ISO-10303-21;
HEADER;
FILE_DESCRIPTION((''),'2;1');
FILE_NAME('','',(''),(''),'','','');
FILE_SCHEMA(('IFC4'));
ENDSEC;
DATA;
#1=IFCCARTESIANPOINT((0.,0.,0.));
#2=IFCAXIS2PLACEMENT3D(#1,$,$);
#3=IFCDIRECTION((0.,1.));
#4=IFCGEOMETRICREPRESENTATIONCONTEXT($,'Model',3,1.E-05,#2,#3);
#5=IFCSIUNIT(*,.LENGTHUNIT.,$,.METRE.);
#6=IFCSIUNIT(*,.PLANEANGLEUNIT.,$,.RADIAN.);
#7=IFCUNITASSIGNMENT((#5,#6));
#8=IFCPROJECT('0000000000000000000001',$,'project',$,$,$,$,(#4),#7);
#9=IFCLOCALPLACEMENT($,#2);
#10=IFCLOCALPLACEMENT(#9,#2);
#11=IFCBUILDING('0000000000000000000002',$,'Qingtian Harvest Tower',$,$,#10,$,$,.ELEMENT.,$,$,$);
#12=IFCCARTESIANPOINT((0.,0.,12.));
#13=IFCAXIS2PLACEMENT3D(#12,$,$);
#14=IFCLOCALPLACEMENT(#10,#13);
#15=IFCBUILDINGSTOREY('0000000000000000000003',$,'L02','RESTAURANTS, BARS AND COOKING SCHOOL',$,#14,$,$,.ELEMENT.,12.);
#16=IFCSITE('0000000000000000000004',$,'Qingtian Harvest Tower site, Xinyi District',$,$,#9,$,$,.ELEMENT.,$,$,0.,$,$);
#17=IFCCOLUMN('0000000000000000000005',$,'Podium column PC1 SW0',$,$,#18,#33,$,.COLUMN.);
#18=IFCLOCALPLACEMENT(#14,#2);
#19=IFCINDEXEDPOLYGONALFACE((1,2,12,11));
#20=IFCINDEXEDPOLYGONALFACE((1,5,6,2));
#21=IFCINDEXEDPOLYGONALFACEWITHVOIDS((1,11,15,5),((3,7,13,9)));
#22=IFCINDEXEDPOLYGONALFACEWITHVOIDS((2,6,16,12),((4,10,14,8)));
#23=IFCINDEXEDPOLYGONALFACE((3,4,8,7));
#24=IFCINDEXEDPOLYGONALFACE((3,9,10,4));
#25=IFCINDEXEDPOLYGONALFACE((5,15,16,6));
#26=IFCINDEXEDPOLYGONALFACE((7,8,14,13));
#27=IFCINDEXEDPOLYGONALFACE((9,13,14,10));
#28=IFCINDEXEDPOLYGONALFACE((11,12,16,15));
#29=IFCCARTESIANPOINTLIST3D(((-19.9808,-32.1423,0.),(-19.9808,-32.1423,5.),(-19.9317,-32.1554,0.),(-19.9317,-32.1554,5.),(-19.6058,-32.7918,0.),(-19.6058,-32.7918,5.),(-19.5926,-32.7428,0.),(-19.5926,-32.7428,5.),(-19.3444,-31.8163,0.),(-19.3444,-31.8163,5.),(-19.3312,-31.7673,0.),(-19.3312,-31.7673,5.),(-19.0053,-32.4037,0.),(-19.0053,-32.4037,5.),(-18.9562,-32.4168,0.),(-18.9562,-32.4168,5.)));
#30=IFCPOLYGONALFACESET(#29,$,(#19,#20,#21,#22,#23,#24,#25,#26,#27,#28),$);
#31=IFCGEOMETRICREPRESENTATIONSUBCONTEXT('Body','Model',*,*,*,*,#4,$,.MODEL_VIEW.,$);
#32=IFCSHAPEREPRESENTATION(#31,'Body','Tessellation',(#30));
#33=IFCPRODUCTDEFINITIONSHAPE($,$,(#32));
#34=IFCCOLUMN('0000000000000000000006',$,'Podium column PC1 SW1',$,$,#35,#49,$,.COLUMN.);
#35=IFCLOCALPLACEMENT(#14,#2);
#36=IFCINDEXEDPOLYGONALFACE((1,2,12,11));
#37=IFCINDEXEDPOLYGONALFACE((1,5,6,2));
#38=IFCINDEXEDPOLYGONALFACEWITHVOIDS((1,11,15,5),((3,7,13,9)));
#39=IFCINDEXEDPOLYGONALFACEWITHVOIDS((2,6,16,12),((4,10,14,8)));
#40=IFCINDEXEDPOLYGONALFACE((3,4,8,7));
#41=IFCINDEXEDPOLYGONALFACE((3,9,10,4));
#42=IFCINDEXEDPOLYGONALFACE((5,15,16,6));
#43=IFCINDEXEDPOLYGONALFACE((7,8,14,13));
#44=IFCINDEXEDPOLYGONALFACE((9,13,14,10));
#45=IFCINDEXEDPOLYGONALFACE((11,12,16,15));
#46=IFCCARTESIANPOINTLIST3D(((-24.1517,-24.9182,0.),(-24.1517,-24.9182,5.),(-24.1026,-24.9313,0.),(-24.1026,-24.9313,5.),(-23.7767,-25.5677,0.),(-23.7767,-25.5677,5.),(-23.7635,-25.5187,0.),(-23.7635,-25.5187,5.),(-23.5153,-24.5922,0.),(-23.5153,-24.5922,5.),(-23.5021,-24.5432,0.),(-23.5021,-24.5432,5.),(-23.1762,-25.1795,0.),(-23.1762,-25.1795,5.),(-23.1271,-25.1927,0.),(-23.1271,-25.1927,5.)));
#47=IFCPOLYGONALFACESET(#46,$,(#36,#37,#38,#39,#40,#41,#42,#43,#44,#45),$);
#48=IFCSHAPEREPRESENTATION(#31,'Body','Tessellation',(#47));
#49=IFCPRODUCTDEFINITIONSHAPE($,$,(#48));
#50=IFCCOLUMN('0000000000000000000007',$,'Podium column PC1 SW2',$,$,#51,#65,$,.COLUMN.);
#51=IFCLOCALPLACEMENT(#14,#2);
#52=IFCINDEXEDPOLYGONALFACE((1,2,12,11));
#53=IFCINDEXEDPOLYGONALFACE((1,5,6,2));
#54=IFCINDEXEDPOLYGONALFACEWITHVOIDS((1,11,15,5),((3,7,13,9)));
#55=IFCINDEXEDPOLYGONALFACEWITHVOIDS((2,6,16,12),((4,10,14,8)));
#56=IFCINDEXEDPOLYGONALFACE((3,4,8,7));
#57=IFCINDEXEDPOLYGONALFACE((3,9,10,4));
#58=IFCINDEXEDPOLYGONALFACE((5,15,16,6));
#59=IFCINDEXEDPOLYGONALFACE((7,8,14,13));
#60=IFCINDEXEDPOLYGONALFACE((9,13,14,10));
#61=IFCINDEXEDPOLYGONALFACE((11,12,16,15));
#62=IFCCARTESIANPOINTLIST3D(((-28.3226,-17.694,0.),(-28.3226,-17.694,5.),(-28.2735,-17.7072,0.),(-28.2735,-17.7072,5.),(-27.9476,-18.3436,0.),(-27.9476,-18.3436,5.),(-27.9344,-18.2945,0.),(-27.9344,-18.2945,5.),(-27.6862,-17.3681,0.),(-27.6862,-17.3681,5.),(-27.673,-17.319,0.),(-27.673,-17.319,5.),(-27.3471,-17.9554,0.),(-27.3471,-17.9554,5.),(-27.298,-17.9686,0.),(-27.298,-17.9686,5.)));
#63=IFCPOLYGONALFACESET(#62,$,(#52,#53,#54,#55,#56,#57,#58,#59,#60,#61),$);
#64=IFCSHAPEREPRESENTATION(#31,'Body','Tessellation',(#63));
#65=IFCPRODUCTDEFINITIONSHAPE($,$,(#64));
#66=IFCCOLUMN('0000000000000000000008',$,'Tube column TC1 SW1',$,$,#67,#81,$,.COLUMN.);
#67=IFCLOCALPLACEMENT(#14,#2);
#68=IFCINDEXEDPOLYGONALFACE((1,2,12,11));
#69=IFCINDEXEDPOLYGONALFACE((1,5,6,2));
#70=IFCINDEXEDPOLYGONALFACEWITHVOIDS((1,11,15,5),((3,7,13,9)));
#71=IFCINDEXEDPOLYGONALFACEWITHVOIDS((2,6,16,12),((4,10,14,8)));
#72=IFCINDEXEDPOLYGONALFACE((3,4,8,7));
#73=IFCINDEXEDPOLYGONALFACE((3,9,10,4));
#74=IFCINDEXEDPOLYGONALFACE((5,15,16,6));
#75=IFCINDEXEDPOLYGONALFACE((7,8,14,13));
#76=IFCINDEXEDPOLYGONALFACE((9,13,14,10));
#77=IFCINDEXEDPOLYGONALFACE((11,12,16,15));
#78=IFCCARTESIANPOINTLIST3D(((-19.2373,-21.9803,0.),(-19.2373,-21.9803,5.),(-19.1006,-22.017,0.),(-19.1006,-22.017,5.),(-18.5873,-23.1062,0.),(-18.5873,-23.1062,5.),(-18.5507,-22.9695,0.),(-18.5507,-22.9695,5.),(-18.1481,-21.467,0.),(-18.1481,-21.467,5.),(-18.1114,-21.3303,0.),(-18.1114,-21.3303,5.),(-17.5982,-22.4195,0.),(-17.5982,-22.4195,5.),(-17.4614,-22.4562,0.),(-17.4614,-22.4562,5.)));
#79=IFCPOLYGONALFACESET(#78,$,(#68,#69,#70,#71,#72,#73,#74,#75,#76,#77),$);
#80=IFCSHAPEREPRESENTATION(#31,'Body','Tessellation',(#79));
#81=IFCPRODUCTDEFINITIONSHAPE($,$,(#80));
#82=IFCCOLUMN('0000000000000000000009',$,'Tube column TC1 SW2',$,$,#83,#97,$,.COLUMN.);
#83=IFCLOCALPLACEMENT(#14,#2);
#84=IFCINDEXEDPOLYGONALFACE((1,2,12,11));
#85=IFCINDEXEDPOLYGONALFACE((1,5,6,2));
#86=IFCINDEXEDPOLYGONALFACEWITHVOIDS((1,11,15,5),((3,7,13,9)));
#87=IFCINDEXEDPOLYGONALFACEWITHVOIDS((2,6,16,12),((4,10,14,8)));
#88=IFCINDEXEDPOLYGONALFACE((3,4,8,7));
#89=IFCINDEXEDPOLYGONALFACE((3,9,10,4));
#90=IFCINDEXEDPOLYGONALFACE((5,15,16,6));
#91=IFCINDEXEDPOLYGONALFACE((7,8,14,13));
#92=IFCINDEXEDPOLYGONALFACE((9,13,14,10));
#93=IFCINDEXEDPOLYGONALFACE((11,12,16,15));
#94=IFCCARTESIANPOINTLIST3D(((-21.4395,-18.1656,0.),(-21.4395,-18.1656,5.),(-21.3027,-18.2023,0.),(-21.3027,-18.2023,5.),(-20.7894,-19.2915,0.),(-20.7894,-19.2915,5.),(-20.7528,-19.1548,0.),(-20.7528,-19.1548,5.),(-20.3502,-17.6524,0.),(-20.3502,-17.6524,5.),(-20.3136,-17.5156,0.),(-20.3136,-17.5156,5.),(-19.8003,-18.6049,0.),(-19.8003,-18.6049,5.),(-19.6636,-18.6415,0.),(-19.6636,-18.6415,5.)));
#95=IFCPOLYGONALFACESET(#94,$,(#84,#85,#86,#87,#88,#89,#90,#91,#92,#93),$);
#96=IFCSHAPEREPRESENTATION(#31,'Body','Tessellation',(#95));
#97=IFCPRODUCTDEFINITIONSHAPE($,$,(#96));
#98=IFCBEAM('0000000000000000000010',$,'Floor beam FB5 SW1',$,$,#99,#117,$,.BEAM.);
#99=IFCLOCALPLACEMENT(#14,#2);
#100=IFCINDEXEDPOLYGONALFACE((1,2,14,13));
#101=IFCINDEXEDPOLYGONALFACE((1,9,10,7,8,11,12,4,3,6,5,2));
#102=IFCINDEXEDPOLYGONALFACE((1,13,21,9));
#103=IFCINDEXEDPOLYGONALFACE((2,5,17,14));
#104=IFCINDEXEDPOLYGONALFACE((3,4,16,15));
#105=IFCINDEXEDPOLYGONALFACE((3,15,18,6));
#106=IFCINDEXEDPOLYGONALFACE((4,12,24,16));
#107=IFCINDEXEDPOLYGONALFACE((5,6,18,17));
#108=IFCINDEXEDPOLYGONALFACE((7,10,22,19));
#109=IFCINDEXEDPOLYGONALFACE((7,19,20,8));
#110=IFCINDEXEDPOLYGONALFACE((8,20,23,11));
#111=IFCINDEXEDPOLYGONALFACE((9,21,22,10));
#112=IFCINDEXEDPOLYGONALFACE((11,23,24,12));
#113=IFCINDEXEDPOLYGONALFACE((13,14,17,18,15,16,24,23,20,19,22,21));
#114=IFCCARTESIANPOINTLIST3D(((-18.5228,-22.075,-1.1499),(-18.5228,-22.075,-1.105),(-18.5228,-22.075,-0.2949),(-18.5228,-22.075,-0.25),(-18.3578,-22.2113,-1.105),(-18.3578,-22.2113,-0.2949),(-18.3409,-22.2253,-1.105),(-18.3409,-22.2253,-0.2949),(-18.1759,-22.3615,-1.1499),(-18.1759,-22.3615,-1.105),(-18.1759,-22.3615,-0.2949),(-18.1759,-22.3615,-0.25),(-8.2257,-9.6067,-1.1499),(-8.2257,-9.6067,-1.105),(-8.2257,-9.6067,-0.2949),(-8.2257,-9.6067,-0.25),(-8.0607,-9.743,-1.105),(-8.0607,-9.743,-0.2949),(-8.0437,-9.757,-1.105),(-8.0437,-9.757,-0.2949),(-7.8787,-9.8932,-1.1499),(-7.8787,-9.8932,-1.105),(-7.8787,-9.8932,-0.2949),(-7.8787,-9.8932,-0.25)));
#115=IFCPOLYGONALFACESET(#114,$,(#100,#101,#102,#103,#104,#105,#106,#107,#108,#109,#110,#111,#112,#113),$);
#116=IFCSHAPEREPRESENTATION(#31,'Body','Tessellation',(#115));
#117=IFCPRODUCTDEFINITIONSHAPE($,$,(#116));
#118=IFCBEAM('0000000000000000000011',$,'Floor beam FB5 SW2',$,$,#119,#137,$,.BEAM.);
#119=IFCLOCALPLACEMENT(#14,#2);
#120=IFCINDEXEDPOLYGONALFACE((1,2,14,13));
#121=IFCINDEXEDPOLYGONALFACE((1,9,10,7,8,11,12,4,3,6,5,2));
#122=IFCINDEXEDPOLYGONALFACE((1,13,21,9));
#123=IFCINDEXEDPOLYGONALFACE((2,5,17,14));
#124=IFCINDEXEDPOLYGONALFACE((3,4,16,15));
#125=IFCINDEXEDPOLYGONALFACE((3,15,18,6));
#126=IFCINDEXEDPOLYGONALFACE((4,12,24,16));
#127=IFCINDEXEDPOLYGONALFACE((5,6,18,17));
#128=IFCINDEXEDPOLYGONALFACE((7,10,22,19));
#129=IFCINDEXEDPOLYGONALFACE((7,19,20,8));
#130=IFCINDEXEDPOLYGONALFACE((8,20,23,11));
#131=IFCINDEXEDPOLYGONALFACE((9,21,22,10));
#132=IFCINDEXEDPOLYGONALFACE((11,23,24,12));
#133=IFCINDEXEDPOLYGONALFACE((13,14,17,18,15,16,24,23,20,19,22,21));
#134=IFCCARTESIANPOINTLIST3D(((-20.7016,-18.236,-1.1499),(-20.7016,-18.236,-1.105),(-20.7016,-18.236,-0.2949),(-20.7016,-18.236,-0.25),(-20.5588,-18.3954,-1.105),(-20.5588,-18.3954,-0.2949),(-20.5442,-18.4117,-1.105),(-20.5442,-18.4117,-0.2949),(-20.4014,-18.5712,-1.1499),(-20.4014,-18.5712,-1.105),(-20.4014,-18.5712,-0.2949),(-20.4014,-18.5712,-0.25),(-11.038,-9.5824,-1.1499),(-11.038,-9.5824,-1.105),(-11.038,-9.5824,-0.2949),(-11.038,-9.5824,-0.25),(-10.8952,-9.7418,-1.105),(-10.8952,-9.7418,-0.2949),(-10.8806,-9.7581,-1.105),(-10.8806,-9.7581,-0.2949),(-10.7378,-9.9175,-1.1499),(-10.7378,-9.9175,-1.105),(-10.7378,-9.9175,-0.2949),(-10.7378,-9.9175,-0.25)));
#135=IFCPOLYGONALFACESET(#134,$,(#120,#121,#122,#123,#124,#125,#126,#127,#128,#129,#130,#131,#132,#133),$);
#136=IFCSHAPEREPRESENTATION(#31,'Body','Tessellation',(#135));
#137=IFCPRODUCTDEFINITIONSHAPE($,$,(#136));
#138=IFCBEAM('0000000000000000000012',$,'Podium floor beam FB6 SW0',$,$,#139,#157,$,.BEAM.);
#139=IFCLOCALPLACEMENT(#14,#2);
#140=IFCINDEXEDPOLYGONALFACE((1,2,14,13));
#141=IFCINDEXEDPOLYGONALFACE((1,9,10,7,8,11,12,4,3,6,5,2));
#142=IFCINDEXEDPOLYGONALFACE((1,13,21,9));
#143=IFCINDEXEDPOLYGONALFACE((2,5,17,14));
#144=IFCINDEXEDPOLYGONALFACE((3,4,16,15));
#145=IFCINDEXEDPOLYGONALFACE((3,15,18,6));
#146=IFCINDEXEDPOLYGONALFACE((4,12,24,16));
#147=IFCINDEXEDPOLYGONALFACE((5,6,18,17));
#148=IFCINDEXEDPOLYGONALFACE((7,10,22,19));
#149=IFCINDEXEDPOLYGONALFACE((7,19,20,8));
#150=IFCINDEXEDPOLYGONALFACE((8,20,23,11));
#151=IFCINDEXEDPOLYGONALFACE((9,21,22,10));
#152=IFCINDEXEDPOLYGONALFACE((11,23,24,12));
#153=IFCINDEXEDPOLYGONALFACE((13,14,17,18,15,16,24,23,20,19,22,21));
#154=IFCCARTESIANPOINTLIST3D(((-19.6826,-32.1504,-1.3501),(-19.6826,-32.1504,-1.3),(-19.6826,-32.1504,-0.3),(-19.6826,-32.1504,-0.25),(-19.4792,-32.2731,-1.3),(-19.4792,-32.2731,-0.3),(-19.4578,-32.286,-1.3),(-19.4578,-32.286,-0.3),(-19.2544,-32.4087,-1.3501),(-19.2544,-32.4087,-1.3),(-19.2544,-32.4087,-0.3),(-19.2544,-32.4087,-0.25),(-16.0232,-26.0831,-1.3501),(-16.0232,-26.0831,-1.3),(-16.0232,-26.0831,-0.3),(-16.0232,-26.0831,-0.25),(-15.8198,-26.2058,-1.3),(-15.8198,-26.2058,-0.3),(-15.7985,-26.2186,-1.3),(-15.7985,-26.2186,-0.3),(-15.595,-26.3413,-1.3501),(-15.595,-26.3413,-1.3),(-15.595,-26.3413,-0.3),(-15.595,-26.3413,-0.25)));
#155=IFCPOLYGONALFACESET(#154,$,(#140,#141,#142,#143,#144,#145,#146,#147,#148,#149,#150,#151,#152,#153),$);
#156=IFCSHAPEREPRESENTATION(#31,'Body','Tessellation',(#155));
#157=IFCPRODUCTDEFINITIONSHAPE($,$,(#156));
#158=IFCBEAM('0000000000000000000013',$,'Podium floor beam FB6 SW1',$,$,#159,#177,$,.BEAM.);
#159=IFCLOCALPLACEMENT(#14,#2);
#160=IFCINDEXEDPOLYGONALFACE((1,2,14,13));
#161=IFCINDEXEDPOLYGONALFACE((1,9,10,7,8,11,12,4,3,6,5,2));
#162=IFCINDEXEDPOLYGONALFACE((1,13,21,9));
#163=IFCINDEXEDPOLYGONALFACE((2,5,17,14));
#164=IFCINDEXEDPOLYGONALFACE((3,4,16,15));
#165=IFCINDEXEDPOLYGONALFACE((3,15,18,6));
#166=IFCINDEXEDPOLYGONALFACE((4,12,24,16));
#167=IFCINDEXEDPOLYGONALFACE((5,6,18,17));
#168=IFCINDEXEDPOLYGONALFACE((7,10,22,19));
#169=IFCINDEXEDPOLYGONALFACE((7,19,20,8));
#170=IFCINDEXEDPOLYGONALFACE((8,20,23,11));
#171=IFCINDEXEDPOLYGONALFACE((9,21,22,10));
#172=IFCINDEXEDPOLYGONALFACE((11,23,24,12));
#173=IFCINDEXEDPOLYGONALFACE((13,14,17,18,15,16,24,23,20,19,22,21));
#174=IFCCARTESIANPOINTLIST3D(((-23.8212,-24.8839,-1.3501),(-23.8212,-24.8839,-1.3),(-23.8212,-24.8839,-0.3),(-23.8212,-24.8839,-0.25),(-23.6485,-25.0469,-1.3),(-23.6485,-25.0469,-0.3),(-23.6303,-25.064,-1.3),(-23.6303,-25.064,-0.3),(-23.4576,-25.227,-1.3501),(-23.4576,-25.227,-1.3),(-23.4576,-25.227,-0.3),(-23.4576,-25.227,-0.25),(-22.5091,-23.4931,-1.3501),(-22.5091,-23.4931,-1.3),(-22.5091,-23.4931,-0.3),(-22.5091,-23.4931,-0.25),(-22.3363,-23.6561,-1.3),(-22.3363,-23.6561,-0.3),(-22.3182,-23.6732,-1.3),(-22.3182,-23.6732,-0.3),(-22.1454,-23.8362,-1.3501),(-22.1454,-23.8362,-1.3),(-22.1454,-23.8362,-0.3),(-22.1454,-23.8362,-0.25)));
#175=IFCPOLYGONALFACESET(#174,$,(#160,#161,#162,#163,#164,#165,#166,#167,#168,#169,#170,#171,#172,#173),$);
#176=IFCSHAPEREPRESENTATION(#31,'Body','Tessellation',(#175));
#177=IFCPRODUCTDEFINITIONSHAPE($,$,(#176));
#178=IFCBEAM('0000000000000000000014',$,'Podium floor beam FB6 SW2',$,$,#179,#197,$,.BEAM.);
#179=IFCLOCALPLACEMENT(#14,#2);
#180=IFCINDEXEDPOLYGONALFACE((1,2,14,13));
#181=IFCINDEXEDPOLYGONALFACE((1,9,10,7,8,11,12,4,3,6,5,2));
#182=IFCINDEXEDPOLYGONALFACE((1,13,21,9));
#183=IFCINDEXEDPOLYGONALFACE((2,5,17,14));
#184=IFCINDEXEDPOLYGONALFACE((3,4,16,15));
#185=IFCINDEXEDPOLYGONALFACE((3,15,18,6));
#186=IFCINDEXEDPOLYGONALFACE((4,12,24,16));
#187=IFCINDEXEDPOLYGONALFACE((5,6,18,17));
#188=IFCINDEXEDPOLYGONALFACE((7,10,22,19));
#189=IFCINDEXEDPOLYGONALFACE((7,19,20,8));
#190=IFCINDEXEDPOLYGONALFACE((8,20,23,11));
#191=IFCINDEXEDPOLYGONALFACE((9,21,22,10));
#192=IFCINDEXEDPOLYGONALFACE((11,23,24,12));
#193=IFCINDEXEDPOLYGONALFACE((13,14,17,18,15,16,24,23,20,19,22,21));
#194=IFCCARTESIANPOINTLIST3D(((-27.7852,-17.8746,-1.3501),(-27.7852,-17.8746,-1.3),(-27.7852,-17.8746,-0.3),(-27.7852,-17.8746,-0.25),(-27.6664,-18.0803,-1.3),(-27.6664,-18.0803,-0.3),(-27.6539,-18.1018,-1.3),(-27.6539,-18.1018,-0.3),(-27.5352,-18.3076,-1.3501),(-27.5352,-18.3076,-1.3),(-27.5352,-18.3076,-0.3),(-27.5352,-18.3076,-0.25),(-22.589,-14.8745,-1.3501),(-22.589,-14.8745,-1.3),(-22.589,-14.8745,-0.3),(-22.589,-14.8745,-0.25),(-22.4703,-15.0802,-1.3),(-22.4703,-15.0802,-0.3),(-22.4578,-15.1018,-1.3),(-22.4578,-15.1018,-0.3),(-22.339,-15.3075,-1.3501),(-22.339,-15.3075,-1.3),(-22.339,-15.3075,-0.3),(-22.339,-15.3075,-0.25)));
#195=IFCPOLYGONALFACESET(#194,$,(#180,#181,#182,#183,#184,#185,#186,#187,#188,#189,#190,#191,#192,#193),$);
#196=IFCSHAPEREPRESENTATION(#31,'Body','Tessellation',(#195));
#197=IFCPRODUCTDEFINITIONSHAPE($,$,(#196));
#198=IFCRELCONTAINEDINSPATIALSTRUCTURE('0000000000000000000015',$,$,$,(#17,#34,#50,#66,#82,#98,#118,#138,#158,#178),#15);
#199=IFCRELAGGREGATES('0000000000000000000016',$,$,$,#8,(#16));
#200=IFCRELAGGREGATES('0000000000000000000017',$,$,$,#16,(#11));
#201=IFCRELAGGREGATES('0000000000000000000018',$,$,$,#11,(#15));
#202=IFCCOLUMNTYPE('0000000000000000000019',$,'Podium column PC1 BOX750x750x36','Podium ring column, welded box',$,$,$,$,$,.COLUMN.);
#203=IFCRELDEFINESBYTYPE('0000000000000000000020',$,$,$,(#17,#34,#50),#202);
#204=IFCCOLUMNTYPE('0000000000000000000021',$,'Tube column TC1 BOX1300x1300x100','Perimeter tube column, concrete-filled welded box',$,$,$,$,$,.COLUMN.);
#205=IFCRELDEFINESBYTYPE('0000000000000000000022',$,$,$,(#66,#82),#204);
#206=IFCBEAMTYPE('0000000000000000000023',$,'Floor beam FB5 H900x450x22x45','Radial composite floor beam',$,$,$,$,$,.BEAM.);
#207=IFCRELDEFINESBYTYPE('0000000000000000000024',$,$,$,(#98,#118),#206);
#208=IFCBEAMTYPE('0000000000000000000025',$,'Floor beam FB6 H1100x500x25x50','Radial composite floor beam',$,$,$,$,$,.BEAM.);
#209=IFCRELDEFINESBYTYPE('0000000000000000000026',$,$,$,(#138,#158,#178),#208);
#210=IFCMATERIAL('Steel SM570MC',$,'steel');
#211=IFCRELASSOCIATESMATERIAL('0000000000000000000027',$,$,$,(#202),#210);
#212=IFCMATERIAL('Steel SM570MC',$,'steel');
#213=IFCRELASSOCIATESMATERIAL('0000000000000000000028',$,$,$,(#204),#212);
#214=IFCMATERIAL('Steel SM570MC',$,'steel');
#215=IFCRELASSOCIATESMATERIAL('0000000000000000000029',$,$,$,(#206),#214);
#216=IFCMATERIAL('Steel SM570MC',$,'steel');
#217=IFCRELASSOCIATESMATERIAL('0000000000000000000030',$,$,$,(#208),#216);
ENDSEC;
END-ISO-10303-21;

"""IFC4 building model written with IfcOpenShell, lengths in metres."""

from ifc_helpers import new_model, si_unit, direction, frame, origin, origin_2d, place, context, subcontext, project, spatial, hollow_rectangle, i_section, extrude, material, material_profile, profile_set, type_object, element, save


model = new_model("IFC4")

# Units and contexts
model_context = context("Model", 3, precision=1e-05, world=origin(), true_north=direction((0.0, 1.0)))
body_context = subcontext(model_context, "Body", "Model", "MODEL_VIEW")
ifc_project = project(units=[si_unit("LENGTHUNIT", "METRE"), si_unit("PLANEANGLEUNIT", "RADIAN")], contexts=[model_context])

# Site, building, storey
site_placement = place(None, origin())
site = spatial("IfcSite", under=ifc_project, at=site_placement, Name="Qingtian Harvest Tower site, Xinyi District", CompositionType="ELEMENT", RefElevation=0.0)
building_placement = place(site_placement, origin())
building = spatial("IfcBuilding", under=site, at=building_placement, Name="Qingtian Harvest Tower", CompositionType="ELEMENT")
storey_placement = place(building_placement, frame((0.0, 0.0, 12.0)))
storey = spatial("IfcBuildingStorey", under=building, at=storey_placement, Name="L02", Description="RESTAURANTS, BARS AND COOKING SCHOOL", CompositionType="ELEMENT", Elevation=12.0)

# Columns
ifc_material_1 = material(Name="Steel SM570MC", Category="steel")
ifc_material_profile_1 = material_profile(ifc_material_1, hollow_rectangle(XDim=0.75, YDim=0.75, WallThickness=0.0359, at=origin_2d()), Name="BOX750x750x36")
ifc_profile_set_1 = profile_set([ifc_material_profile_1], Name="Steel SM570MC")
column_type_1 = type_object("IfcColumnType", Name="Podium column PC1 BOX750x750x36", Description="Podium ring column, welded box", PredefinedType="COLUMN", material=ifc_profile_set_1)
for number, where, z_axis, x_axis, name in (
    (1, (-19.4685, -32.2795, 0.0), (0.0, 0.0, 1.0), (0.5, -0.866025, 0.0), "Podium column PC1 SW0"),
    (2, (-23.6394, -25.0554, 0.0), (0.0, 0.0, 1.0), (0.5, -0.866025, 0.0), "Podium column PC1 SW1"),
    (3, (-27.8103, -17.8313, 0.0), (0.0, 0.0, 1.0), (0.5, -0.866025, 0.0), "Podium column PC1 SW2"),
):
    element("IfcColumn", number, at=place(storey_placement, frame(where, z_axis=z_axis, x_axis=x_axis)), inside=storey, type_object=column_type_1, Name=name, PredefinedType="COLUMN", context=body_context, shape_type="SweptSolid", body=[
        extrude(hollow_rectangle(XDim=0.75, YDim=0.75, WallThickness=0.0359, at=origin_2d()), origin(), (0.0, 0.0, 1.0), 5.0),
    ])
ifc_material_2 = material(Name="Steel SM570MC", Category="steel")
ifc_material_profile_2 = material_profile(ifc_material_2, hollow_rectangle(XDim=1.3, YDim=1.3, WallThickness=0.1001, at=origin_2d()), Name="BOX1300x1300x100")
ifc_profile_set_2 = profile_set([ifc_material_profile_2], Name="Steel SM570MC")
column_type_2 = type_object("IfcColumnType", Name="Tube column TC1 BOX1300x1300x100", Description="Perimeter tube column, concrete-filled welded box", PredefinedType="COLUMN", material=ifc_profile_set_2)
for number, where, z_axis, x_axis, name in (
    (4, (-18.3494, -22.2183, 0.0), (0.0, 0.0, 1.0), (0.5, -0.866025, 0.0), "Tube column TC1 SW1"),
    (5, (-20.5515, -18.4036, 0.0), (0.0, 0.0, 1.0), (0.5, -0.866025, 0.0), "Tube column TC1 SW2"),
):
    element("IfcColumn", number, at=place(storey_placement, frame(where, z_axis=z_axis, x_axis=x_axis)), inside=storey, type_object=column_type_2, Name=name, PredefinedType="COLUMN", context=body_context, shape_type="SweptSolid", body=[
        extrude(hollow_rectangle(XDim=1.3, YDim=1.3, WallThickness=0.1001, at=origin_2d()), origin(), (0.0, 0.0, 1.0), 5.0),
    ])

# Beams
ifc_material_3 = material(Name="Steel SM570MC", Category="steel")
ifc_material_profile_3 = material_profile(ifc_material_3, i_section(OverallWidth=0.45, OverallDepth=0.8999, WebThickness=0.022, FlangeThickness=0.0449, at=origin_2d()), Name="H900x450x22x45")
ifc_profile_set_3 = profile_set([ifc_material_profile_3], Name="Steel SM570MC")
beam_type_1 = type_object("IfcBeamType", Name="Floor beam FB5 H900x450x22x45", Description="Radial composite floor beam", PredefinedType="BEAM", material=ifc_profile_set_3)
beam_1_placement = place(storey_placement, frame((-18.3494, -22.2183, -0.7), z_axis=(0.63678, 0.771045, 0.0), x_axis=(-0.771045, 0.63678, 0.0)))
element("IfcBeam", 6, at=beam_1_placement, inside=storey, type_object=beam_type_1, Name="Floor beam FB5 SW1", PredefinedType="BEAM", context=body_context, shape_type="SweptSolid", body=[
    extrude(i_section(OverallWidth=0.45, OverallDepth=0.8999, WebThickness=0.022, FlangeThickness=0.0449, at=origin_2d()), origin(), (0.0, 0.0, 1.0), 16.1707),
])
beam_2_placement = place(storey_placement, frame((-20.5515, -18.4036, -0.7), z_axis=(0.744965, 0.667103, 0.0), x_axis=(-0.667103, 0.744965, 0.0)))
element("IfcBeam", 7, at=beam_2_placement, inside=storey, type_object=beam_type_1, Name="Floor beam FB5 SW2", PredefinedType="BEAM", context=body_context, shape_type="SweptSolid", body=[
    extrude(i_section(OverallWidth=0.45, OverallDepth=0.8999, WebThickness=0.022, FlangeThickness=0.0449, at=origin_2d()), origin(), (0.0, 0.0, 1.0), 12.9719),
])
ifc_material_4 = material(Name="Steel SM570MC", Category="steel")
ifc_material_profile_4 = material_profile(ifc_material_4, i_section(OverallWidth=0.5, OverallDepth=1.1001, WebThickness=0.0249, FlangeThickness=0.05, at=origin_2d()), Name="H1100x500x25x50")
ifc_profile_set_4 = profile_set([ifc_material_profile_4], Name="Steel SM570MC")
beam_type_2 = type_object("IfcBeamType", Name="Floor beam FB6 H1100x500x25x50", Description="Radial composite floor beam", PredefinedType="BEAM", material=ifc_profile_set_4)
beam_3_placement = place(storey_placement, frame((-19.4685, -32.2795, -0.8), z_axis=(0.516465, 0.856308, 0.0), x_axis=(-0.856308, 0.516465, 0.0)))
element("IfcBeam", 8, at=beam_3_placement, inside=storey, type_object=beam_type_2, Name="Podium floor beam FB6 SW0", PredefinedType="BEAM", context=body_context, shape_type="SweptSolid", body=[
    extrude(i_section(OverallWidth=0.5, OverallDepth=1.1001, WebThickness=0.0249, FlangeThickness=0.05, at=origin_2d()), origin(), (0.0, 0.0, 1.0), 7.0854),
])
beam_4_placement = place(storey_placement, frame((-23.6394, -25.0554, -0.8), z_axis=(0.686252, 0.727364, 0.0), x_axis=(-0.727364, 0.686252, 0.0)))
element("IfcBeam", 9, at=beam_4_placement, inside=storey, type_object=beam_type_2, Name="Podium floor beam FB6 SW1", PredefinedType="BEAM", context=body_context, shape_type="SweptSolid", body=[
    extrude(i_section(OverallWidth=0.5, OverallDepth=1.1001, WebThickness=0.0249, FlangeThickness=0.05, at=origin_2d()), origin(), (0.0, 0.0, 1.0), 1.9121),
])
beam_5_placement = place(storey_placement, frame((-27.6602, -18.0911, -0.8), z_axis=(0.866021, 0.500008, 0.0), x_axis=(-0.500008, 0.866021, 0.0)))
element("IfcBeam", 10, at=beam_5_placement, inside=storey, type_object=beam_type_2, Name="Podium floor beam FB6 SW2", PredefinedType="BEAM", context=body_context, shape_type="SweptSolid", body=[
    extrude(i_section(OverallWidth=0.5, OverallDepth=1.1001, WebThickness=0.0249, FlangeThickness=0.05, at=origin_2d()), origin(), (0.0, 0.0, 1.0), 6.0),
])

save(model, "model.ifc")
